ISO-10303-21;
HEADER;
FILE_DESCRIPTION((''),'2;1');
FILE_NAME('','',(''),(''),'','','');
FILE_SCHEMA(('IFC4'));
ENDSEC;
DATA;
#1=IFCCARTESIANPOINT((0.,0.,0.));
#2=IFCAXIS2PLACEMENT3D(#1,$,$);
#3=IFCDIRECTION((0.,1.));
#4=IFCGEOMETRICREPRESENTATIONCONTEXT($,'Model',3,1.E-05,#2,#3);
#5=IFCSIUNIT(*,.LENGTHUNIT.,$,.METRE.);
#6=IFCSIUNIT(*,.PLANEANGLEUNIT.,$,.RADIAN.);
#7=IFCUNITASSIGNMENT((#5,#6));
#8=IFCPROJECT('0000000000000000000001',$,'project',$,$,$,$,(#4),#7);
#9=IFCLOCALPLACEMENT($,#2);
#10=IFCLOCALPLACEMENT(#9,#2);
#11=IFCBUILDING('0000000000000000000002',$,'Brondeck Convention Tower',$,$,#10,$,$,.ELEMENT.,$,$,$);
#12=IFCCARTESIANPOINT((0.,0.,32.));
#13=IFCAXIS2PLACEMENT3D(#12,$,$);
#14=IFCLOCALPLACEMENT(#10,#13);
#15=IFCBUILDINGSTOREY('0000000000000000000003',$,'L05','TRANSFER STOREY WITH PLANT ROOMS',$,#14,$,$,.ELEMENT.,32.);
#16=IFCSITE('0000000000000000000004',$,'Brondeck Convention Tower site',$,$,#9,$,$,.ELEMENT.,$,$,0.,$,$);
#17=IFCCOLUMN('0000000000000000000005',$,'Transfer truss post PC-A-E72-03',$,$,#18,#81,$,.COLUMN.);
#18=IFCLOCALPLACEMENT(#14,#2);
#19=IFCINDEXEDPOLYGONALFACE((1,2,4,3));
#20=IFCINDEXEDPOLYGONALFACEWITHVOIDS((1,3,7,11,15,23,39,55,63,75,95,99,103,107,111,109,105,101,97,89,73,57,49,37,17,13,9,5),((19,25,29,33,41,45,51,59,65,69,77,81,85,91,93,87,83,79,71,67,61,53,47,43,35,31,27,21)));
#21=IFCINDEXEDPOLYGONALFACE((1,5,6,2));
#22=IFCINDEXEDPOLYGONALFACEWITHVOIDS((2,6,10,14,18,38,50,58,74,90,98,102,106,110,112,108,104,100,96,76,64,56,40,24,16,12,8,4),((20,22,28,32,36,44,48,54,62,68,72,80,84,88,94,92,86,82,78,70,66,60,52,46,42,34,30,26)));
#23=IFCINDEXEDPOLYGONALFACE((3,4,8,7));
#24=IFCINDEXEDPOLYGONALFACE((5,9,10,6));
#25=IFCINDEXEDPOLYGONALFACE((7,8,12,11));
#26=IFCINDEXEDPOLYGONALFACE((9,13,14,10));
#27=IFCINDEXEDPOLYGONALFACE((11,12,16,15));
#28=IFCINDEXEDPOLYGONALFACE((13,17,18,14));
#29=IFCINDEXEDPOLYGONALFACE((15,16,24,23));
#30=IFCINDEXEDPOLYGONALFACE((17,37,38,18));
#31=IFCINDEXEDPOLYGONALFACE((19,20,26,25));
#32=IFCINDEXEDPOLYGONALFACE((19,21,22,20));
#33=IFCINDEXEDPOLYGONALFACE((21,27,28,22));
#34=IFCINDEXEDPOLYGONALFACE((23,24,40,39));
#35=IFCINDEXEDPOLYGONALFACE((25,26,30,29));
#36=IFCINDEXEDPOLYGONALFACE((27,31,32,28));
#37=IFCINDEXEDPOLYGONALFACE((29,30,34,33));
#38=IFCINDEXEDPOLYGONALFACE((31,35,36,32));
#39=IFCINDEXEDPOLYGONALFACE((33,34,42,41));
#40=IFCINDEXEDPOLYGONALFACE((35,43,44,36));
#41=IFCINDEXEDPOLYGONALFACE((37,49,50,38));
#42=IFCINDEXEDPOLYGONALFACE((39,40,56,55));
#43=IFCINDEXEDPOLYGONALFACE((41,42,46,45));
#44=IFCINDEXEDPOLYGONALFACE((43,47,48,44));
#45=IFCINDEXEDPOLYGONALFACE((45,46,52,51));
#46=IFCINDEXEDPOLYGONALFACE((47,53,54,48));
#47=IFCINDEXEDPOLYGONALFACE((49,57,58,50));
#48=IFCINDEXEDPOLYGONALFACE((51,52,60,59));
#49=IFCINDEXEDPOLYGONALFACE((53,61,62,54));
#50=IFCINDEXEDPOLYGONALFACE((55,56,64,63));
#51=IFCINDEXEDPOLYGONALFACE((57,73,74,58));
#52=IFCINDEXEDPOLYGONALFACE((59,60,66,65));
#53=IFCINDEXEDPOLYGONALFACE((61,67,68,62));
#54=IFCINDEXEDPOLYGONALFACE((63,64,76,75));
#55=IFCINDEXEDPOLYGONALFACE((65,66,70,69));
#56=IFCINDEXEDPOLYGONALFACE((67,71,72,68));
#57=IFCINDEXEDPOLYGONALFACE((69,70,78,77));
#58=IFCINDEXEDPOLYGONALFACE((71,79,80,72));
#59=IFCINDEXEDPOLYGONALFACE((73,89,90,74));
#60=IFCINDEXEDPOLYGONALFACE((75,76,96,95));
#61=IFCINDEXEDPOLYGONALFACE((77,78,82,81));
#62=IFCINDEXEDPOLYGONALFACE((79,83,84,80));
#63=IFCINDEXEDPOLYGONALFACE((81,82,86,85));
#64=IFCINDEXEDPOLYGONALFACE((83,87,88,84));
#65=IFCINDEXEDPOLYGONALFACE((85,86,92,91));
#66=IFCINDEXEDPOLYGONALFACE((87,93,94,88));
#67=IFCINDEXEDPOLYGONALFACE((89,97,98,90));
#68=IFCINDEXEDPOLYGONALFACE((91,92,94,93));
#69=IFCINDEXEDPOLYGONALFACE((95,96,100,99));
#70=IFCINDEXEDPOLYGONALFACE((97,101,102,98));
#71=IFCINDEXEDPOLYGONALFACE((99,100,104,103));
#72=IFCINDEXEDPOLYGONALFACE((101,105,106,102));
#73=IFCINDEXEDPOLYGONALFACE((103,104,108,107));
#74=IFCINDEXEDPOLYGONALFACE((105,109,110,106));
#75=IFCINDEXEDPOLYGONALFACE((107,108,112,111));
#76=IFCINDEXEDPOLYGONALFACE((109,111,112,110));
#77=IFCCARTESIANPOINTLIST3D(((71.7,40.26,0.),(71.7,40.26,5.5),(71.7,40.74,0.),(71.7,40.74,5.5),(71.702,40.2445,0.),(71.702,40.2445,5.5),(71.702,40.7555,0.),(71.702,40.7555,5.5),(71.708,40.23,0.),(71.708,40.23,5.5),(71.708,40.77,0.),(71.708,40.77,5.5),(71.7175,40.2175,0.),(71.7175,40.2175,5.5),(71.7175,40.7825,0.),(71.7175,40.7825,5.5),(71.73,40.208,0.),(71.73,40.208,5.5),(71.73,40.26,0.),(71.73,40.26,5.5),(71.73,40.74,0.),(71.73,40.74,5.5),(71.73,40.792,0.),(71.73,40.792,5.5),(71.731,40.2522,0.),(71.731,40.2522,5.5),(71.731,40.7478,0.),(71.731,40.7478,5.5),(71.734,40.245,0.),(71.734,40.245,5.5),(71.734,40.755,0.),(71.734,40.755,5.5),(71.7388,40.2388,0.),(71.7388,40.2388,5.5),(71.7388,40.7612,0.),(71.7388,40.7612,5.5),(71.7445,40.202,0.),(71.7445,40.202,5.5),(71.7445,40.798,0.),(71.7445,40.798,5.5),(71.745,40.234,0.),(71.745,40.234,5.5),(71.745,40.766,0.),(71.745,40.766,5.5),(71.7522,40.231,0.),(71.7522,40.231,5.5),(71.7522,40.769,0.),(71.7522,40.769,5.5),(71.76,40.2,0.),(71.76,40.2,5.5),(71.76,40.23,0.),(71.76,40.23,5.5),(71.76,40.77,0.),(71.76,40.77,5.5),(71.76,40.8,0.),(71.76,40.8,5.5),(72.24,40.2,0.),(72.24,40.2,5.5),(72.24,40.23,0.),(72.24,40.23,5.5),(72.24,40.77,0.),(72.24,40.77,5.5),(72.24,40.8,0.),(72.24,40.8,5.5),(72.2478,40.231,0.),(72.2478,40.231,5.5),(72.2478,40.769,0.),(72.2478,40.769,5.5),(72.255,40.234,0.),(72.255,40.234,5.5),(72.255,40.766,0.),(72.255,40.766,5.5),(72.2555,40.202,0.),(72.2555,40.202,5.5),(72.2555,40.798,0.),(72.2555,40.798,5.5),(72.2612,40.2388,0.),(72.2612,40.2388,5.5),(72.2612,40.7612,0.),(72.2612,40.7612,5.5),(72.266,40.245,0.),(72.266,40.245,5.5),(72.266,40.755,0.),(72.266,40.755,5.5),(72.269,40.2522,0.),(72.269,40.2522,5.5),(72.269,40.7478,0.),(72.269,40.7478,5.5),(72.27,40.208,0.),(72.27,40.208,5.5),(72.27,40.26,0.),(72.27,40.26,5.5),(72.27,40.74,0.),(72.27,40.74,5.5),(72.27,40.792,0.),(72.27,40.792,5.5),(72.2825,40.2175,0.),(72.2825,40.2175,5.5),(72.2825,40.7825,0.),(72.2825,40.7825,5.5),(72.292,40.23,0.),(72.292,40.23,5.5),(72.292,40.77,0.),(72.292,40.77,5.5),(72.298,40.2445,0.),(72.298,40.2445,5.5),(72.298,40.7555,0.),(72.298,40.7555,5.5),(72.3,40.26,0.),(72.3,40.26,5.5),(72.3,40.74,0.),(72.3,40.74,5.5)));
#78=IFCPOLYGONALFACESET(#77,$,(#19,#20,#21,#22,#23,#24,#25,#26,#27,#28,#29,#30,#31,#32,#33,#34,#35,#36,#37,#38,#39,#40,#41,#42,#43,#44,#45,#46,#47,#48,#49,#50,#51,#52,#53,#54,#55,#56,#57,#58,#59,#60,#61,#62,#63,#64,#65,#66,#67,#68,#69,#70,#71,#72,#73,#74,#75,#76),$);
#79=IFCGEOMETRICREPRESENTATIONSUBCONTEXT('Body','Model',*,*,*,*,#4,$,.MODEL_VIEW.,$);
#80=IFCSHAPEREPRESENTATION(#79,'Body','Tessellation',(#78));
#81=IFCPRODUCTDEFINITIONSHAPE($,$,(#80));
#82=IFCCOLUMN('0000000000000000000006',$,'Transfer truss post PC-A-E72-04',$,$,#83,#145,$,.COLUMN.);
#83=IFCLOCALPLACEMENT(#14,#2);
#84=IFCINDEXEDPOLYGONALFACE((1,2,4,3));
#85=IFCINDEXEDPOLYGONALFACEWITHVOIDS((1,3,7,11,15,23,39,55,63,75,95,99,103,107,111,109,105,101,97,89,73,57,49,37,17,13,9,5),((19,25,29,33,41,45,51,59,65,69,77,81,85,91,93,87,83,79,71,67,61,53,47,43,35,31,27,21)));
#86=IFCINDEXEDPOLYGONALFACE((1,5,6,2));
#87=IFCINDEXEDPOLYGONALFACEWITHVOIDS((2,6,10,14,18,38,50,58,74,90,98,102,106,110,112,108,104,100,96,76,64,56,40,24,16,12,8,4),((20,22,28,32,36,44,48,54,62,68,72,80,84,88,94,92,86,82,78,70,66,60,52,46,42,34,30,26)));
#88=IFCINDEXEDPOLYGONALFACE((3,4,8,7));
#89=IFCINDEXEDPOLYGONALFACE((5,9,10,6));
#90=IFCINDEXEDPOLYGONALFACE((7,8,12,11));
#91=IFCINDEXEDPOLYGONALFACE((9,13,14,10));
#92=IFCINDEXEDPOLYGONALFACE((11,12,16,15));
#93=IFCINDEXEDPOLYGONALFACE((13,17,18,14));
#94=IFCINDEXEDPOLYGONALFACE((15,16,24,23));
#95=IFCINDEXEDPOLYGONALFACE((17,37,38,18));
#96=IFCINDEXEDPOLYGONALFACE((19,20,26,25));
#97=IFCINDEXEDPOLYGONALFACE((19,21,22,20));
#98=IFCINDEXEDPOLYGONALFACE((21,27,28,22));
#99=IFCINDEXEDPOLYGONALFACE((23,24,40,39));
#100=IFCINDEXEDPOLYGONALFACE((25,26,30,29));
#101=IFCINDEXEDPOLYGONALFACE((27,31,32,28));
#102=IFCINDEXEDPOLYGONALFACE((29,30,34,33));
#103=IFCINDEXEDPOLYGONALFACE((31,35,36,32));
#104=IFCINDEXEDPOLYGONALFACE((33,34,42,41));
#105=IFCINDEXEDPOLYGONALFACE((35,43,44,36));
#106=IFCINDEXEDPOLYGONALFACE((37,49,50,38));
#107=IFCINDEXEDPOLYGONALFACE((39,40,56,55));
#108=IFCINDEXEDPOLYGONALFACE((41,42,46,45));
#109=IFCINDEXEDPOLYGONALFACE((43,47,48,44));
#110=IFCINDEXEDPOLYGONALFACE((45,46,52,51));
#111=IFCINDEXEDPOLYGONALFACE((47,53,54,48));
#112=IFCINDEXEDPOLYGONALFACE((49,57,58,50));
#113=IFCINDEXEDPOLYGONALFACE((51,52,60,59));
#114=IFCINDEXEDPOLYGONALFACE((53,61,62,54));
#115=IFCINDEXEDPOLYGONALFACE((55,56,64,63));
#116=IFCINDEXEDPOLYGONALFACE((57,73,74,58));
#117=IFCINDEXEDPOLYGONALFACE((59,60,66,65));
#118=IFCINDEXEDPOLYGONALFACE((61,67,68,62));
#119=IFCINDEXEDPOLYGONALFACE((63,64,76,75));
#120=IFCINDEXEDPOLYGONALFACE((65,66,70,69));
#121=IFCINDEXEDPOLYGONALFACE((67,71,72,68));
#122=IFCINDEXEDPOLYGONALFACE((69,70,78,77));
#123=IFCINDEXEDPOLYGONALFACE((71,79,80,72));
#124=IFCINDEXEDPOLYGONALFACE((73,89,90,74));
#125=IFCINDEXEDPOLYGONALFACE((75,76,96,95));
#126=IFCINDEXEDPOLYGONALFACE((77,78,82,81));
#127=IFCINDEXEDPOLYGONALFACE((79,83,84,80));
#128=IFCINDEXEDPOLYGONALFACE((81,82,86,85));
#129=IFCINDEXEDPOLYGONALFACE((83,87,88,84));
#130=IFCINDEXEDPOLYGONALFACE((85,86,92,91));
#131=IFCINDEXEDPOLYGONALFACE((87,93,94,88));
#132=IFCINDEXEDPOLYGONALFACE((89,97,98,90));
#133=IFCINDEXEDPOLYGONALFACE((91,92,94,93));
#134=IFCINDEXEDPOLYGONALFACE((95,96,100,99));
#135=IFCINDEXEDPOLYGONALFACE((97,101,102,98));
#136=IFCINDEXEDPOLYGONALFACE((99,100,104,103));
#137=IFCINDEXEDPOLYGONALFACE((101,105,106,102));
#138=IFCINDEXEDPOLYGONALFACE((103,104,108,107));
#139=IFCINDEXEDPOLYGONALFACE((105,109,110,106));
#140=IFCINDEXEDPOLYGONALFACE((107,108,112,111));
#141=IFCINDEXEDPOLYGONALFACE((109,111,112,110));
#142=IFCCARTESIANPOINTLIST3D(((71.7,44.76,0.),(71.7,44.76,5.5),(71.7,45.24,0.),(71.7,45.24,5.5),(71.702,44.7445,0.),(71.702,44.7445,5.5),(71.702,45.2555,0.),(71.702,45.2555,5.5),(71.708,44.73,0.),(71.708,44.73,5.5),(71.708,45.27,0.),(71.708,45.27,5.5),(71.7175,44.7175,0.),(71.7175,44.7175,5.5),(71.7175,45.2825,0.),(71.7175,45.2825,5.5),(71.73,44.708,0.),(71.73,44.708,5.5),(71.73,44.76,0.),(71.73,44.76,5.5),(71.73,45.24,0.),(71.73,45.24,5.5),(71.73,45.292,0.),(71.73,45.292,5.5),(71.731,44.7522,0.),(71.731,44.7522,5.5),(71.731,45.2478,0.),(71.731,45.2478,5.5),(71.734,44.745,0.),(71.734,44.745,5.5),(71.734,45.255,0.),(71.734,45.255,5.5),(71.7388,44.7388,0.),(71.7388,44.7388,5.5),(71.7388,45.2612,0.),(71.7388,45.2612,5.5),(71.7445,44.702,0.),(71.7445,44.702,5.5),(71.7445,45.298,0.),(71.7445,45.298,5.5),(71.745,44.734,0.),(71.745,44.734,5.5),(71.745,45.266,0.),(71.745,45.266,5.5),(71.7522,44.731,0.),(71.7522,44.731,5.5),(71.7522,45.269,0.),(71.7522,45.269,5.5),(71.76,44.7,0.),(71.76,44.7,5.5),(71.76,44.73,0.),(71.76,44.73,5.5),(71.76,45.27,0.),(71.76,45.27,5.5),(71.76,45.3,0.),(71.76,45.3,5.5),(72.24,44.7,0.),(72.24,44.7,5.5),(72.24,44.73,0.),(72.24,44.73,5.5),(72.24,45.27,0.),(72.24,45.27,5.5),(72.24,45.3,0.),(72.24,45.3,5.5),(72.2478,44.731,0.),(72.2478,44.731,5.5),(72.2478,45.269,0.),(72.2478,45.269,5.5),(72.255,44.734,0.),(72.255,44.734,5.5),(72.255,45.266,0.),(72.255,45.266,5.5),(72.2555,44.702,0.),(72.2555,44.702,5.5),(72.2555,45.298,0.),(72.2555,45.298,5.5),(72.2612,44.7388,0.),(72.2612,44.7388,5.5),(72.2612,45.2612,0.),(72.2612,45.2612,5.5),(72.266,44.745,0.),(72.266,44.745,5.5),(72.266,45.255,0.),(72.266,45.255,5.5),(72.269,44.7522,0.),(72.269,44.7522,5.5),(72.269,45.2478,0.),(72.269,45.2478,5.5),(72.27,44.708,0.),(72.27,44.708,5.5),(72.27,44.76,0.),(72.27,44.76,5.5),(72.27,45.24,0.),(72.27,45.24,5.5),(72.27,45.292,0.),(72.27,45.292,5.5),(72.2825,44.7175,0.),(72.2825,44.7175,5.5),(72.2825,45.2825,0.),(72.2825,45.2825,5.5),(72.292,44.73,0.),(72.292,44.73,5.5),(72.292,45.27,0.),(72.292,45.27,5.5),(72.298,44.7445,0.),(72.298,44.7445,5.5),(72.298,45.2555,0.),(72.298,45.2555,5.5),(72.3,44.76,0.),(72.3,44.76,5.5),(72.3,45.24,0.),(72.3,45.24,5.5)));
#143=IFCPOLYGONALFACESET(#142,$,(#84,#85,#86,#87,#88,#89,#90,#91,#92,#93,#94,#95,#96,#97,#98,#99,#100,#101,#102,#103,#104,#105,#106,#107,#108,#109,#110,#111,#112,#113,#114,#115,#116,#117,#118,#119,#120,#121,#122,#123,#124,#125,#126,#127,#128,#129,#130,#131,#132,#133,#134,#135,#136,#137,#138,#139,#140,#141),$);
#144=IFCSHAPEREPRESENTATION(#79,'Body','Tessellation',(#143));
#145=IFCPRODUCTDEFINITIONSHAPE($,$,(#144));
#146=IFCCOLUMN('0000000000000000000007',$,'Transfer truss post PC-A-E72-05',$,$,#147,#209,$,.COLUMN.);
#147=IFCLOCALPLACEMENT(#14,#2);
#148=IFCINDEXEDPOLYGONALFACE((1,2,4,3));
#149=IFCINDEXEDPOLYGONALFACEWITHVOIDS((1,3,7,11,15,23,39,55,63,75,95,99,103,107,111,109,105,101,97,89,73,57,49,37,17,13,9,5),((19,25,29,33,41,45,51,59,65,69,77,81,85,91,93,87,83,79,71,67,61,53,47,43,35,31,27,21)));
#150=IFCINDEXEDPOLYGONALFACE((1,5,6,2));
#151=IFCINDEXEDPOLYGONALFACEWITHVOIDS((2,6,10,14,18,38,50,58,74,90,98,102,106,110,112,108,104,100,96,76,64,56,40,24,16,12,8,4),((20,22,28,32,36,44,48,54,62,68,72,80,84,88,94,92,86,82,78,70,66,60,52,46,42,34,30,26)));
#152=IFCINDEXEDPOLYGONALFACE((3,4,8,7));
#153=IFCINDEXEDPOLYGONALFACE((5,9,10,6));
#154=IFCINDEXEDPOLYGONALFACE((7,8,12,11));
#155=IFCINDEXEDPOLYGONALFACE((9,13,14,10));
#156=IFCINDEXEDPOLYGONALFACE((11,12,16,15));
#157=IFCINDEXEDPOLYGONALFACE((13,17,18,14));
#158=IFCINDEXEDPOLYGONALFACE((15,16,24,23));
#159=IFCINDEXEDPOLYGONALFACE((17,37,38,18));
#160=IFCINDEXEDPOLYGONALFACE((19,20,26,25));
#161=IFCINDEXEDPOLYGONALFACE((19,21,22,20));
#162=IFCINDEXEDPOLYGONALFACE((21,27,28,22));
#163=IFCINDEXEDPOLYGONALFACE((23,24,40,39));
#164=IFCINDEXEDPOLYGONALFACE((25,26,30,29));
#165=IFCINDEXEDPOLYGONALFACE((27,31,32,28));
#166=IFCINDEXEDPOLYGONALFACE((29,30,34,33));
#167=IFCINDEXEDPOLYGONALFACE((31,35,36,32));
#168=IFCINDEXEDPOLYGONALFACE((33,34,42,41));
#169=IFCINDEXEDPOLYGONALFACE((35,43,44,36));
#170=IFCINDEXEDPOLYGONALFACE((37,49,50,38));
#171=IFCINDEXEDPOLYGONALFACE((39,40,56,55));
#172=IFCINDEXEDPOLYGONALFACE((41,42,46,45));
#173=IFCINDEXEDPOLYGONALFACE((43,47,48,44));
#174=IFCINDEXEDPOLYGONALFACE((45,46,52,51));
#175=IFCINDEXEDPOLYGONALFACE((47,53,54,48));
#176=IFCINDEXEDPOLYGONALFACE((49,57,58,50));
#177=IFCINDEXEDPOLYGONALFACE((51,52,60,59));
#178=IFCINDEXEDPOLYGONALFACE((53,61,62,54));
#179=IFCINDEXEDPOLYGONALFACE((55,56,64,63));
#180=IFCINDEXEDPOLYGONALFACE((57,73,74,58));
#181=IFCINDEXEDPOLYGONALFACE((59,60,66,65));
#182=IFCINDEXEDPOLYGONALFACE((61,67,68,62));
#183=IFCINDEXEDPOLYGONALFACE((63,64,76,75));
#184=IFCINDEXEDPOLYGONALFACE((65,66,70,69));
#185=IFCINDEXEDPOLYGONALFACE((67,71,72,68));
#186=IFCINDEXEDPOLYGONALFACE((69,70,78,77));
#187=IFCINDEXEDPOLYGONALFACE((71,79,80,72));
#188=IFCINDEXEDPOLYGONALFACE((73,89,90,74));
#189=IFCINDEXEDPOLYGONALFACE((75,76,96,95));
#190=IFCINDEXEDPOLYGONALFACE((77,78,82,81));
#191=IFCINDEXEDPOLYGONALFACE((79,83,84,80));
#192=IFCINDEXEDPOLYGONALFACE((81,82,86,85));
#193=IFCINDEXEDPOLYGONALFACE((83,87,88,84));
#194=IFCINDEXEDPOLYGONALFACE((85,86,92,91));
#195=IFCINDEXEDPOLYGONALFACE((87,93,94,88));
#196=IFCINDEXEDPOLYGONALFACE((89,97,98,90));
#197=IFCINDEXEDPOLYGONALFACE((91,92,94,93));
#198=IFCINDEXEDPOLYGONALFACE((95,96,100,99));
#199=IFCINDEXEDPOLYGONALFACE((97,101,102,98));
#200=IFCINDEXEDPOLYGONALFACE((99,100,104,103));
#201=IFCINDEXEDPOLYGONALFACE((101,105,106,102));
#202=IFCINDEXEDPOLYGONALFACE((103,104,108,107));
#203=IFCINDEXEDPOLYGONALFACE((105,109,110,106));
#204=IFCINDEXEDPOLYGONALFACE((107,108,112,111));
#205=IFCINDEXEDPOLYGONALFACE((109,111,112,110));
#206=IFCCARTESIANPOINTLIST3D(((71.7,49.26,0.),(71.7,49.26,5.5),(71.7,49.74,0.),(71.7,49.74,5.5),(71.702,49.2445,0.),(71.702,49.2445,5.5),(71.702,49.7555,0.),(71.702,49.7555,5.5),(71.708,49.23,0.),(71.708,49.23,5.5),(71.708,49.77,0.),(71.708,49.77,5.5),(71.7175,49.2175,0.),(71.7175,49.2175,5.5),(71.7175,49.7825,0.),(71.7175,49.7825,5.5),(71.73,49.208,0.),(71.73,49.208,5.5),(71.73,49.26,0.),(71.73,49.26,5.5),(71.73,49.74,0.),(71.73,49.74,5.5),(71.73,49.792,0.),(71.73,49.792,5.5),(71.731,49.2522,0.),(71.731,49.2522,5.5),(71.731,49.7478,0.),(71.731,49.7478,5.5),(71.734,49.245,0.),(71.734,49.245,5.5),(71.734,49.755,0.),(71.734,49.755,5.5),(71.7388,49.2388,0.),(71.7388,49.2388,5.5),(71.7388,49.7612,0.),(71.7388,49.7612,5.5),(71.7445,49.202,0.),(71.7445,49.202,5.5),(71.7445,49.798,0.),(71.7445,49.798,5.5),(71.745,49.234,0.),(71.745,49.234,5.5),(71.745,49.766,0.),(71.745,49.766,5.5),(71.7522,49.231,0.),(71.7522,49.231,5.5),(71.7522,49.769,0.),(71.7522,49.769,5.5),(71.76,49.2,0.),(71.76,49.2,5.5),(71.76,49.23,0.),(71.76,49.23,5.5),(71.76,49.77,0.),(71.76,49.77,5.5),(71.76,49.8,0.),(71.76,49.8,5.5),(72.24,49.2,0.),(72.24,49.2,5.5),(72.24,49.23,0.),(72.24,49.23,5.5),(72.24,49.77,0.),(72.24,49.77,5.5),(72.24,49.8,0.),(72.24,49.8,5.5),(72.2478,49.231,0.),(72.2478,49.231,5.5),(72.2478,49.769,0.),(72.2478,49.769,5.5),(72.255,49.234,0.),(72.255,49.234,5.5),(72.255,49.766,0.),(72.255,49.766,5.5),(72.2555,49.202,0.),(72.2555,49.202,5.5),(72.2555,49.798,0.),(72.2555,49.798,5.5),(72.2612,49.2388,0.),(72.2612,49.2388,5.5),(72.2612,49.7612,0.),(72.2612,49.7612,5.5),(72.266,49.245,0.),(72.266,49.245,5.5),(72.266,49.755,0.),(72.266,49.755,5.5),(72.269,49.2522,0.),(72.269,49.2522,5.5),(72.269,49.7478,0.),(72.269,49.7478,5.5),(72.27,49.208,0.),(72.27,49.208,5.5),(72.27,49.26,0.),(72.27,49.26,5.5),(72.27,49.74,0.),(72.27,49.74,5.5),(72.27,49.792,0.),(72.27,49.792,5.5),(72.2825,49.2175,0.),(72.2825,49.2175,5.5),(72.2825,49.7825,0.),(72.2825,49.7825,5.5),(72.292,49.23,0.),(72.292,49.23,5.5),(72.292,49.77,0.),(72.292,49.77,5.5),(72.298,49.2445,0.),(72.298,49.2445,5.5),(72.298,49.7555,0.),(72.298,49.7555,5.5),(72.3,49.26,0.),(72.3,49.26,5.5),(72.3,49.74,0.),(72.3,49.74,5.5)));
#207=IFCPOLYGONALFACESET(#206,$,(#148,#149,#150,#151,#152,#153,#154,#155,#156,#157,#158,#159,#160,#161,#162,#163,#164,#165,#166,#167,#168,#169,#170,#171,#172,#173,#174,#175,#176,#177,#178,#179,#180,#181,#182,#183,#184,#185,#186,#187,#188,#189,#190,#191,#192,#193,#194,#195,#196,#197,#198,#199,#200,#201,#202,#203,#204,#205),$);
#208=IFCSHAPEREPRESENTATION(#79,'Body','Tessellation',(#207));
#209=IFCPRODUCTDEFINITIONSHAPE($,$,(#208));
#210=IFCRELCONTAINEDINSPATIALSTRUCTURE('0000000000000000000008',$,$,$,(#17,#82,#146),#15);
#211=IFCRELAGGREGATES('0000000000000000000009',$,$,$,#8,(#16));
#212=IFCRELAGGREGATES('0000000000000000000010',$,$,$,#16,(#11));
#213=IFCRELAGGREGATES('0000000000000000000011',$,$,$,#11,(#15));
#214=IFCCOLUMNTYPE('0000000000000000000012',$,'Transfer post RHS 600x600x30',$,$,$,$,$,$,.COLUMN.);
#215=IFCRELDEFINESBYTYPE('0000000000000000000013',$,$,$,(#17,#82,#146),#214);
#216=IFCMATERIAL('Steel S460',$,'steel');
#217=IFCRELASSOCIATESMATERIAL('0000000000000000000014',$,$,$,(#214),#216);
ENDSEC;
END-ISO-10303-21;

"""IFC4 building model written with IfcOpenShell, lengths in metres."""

from ifc_helpers import new_model, si_unit, direction, frame, origin, origin_2d, place, context, subcontext, project, spatial, hollow_rectangle, extrude, material, material_profile, profile_set, type_object, element, save


model = new_model("IFC4")

# Units and contexts
model_context = context("Model", 3, precision=1e-05, world=origin(), true_north=direction((0.0, 1.0)))
body_context = subcontext(model_context, "Body", "Model", "MODEL_VIEW")
ifc_project = project(units=[si_unit("LENGTHUNIT", "METRE"), si_unit("PLANEANGLEUNIT", "RADIAN")], contexts=[model_context])

# Site, building, storey
site_placement = place(None, origin())
site = spatial("IfcSite", under=ifc_project, at=site_placement, Name="Brondeck Convention Tower site", CompositionType="ELEMENT", RefElevation=0.0)
building_placement = place(site_placement, origin())
building = spatial("IfcBuilding", under=site, at=building_placement, Name="Brondeck Convention Tower", CompositionType="ELEMENT")
storey_placement = place(building_placement, frame((0.0, 0.0, 32.0)))
storey = spatial("IfcBuildingStorey", under=building, at=storey_placement, Name="L05", Description="TRANSFER STOREY WITH PLANT ROOMS", CompositionType="ELEMENT", Elevation=32.0)

# Columns
ifc_material_1 = material(Name="Steel S460", Category="steel")
ifc_material_profile_1 = material_profile(ifc_material_1, hollow_rectangle(XDim=0.6001, YDim=0.6001, WallThickness=0.03, InnerFilletRadius=0.03, OuterFilletRadius=0.0601, at=origin_2d()), Name="RHS 600x600x30")
ifc_profile_set_1 = profile_set([ifc_material_profile_1], Name="Steel S460")
column_type = type_object("IfcColumnType", Name="Transfer post RHS 600x600x30", PredefinedType="COLUMN", material=ifc_profile_set_1)
for number, where, z_axis, x_axis, name in (
    (1, (72.0, 40.5, 0.0), (0.0, 0.0, 1.0), (1.0, 0.0, 0.0), "Transfer truss post PC-A-E72-03"),
    (2, (72.0, 45.0, 0.0), (0.0, 0.0, 1.0), (1.0, 0.0, 0.0), "Transfer truss post PC-A-E72-04"),
    (3, (72.0, 49.5, 0.0), (0.0, 0.0, 1.0), (1.0, 0.0, 0.0), "Transfer truss post PC-A-E72-05"),
):
    element("IfcColumn", number, at=place(storey_placement, frame(where, z_axis=z_axis, x_axis=x_axis)), inside=storey, type_object=column_type, Name=name, PredefinedType="COLUMN", context=body_context, shape_type="SweptSolid", body=[
        extrude(hollow_rectangle(XDim=0.6001, YDim=0.6001, WallThickness=0.03, InnerFilletRadius=0.03, OuterFilletRadius=0.0601, at=origin_2d()), origin(), (0.0, 0.0, 1.0), 5.5),
    ])

save(model, "model.ifc")
